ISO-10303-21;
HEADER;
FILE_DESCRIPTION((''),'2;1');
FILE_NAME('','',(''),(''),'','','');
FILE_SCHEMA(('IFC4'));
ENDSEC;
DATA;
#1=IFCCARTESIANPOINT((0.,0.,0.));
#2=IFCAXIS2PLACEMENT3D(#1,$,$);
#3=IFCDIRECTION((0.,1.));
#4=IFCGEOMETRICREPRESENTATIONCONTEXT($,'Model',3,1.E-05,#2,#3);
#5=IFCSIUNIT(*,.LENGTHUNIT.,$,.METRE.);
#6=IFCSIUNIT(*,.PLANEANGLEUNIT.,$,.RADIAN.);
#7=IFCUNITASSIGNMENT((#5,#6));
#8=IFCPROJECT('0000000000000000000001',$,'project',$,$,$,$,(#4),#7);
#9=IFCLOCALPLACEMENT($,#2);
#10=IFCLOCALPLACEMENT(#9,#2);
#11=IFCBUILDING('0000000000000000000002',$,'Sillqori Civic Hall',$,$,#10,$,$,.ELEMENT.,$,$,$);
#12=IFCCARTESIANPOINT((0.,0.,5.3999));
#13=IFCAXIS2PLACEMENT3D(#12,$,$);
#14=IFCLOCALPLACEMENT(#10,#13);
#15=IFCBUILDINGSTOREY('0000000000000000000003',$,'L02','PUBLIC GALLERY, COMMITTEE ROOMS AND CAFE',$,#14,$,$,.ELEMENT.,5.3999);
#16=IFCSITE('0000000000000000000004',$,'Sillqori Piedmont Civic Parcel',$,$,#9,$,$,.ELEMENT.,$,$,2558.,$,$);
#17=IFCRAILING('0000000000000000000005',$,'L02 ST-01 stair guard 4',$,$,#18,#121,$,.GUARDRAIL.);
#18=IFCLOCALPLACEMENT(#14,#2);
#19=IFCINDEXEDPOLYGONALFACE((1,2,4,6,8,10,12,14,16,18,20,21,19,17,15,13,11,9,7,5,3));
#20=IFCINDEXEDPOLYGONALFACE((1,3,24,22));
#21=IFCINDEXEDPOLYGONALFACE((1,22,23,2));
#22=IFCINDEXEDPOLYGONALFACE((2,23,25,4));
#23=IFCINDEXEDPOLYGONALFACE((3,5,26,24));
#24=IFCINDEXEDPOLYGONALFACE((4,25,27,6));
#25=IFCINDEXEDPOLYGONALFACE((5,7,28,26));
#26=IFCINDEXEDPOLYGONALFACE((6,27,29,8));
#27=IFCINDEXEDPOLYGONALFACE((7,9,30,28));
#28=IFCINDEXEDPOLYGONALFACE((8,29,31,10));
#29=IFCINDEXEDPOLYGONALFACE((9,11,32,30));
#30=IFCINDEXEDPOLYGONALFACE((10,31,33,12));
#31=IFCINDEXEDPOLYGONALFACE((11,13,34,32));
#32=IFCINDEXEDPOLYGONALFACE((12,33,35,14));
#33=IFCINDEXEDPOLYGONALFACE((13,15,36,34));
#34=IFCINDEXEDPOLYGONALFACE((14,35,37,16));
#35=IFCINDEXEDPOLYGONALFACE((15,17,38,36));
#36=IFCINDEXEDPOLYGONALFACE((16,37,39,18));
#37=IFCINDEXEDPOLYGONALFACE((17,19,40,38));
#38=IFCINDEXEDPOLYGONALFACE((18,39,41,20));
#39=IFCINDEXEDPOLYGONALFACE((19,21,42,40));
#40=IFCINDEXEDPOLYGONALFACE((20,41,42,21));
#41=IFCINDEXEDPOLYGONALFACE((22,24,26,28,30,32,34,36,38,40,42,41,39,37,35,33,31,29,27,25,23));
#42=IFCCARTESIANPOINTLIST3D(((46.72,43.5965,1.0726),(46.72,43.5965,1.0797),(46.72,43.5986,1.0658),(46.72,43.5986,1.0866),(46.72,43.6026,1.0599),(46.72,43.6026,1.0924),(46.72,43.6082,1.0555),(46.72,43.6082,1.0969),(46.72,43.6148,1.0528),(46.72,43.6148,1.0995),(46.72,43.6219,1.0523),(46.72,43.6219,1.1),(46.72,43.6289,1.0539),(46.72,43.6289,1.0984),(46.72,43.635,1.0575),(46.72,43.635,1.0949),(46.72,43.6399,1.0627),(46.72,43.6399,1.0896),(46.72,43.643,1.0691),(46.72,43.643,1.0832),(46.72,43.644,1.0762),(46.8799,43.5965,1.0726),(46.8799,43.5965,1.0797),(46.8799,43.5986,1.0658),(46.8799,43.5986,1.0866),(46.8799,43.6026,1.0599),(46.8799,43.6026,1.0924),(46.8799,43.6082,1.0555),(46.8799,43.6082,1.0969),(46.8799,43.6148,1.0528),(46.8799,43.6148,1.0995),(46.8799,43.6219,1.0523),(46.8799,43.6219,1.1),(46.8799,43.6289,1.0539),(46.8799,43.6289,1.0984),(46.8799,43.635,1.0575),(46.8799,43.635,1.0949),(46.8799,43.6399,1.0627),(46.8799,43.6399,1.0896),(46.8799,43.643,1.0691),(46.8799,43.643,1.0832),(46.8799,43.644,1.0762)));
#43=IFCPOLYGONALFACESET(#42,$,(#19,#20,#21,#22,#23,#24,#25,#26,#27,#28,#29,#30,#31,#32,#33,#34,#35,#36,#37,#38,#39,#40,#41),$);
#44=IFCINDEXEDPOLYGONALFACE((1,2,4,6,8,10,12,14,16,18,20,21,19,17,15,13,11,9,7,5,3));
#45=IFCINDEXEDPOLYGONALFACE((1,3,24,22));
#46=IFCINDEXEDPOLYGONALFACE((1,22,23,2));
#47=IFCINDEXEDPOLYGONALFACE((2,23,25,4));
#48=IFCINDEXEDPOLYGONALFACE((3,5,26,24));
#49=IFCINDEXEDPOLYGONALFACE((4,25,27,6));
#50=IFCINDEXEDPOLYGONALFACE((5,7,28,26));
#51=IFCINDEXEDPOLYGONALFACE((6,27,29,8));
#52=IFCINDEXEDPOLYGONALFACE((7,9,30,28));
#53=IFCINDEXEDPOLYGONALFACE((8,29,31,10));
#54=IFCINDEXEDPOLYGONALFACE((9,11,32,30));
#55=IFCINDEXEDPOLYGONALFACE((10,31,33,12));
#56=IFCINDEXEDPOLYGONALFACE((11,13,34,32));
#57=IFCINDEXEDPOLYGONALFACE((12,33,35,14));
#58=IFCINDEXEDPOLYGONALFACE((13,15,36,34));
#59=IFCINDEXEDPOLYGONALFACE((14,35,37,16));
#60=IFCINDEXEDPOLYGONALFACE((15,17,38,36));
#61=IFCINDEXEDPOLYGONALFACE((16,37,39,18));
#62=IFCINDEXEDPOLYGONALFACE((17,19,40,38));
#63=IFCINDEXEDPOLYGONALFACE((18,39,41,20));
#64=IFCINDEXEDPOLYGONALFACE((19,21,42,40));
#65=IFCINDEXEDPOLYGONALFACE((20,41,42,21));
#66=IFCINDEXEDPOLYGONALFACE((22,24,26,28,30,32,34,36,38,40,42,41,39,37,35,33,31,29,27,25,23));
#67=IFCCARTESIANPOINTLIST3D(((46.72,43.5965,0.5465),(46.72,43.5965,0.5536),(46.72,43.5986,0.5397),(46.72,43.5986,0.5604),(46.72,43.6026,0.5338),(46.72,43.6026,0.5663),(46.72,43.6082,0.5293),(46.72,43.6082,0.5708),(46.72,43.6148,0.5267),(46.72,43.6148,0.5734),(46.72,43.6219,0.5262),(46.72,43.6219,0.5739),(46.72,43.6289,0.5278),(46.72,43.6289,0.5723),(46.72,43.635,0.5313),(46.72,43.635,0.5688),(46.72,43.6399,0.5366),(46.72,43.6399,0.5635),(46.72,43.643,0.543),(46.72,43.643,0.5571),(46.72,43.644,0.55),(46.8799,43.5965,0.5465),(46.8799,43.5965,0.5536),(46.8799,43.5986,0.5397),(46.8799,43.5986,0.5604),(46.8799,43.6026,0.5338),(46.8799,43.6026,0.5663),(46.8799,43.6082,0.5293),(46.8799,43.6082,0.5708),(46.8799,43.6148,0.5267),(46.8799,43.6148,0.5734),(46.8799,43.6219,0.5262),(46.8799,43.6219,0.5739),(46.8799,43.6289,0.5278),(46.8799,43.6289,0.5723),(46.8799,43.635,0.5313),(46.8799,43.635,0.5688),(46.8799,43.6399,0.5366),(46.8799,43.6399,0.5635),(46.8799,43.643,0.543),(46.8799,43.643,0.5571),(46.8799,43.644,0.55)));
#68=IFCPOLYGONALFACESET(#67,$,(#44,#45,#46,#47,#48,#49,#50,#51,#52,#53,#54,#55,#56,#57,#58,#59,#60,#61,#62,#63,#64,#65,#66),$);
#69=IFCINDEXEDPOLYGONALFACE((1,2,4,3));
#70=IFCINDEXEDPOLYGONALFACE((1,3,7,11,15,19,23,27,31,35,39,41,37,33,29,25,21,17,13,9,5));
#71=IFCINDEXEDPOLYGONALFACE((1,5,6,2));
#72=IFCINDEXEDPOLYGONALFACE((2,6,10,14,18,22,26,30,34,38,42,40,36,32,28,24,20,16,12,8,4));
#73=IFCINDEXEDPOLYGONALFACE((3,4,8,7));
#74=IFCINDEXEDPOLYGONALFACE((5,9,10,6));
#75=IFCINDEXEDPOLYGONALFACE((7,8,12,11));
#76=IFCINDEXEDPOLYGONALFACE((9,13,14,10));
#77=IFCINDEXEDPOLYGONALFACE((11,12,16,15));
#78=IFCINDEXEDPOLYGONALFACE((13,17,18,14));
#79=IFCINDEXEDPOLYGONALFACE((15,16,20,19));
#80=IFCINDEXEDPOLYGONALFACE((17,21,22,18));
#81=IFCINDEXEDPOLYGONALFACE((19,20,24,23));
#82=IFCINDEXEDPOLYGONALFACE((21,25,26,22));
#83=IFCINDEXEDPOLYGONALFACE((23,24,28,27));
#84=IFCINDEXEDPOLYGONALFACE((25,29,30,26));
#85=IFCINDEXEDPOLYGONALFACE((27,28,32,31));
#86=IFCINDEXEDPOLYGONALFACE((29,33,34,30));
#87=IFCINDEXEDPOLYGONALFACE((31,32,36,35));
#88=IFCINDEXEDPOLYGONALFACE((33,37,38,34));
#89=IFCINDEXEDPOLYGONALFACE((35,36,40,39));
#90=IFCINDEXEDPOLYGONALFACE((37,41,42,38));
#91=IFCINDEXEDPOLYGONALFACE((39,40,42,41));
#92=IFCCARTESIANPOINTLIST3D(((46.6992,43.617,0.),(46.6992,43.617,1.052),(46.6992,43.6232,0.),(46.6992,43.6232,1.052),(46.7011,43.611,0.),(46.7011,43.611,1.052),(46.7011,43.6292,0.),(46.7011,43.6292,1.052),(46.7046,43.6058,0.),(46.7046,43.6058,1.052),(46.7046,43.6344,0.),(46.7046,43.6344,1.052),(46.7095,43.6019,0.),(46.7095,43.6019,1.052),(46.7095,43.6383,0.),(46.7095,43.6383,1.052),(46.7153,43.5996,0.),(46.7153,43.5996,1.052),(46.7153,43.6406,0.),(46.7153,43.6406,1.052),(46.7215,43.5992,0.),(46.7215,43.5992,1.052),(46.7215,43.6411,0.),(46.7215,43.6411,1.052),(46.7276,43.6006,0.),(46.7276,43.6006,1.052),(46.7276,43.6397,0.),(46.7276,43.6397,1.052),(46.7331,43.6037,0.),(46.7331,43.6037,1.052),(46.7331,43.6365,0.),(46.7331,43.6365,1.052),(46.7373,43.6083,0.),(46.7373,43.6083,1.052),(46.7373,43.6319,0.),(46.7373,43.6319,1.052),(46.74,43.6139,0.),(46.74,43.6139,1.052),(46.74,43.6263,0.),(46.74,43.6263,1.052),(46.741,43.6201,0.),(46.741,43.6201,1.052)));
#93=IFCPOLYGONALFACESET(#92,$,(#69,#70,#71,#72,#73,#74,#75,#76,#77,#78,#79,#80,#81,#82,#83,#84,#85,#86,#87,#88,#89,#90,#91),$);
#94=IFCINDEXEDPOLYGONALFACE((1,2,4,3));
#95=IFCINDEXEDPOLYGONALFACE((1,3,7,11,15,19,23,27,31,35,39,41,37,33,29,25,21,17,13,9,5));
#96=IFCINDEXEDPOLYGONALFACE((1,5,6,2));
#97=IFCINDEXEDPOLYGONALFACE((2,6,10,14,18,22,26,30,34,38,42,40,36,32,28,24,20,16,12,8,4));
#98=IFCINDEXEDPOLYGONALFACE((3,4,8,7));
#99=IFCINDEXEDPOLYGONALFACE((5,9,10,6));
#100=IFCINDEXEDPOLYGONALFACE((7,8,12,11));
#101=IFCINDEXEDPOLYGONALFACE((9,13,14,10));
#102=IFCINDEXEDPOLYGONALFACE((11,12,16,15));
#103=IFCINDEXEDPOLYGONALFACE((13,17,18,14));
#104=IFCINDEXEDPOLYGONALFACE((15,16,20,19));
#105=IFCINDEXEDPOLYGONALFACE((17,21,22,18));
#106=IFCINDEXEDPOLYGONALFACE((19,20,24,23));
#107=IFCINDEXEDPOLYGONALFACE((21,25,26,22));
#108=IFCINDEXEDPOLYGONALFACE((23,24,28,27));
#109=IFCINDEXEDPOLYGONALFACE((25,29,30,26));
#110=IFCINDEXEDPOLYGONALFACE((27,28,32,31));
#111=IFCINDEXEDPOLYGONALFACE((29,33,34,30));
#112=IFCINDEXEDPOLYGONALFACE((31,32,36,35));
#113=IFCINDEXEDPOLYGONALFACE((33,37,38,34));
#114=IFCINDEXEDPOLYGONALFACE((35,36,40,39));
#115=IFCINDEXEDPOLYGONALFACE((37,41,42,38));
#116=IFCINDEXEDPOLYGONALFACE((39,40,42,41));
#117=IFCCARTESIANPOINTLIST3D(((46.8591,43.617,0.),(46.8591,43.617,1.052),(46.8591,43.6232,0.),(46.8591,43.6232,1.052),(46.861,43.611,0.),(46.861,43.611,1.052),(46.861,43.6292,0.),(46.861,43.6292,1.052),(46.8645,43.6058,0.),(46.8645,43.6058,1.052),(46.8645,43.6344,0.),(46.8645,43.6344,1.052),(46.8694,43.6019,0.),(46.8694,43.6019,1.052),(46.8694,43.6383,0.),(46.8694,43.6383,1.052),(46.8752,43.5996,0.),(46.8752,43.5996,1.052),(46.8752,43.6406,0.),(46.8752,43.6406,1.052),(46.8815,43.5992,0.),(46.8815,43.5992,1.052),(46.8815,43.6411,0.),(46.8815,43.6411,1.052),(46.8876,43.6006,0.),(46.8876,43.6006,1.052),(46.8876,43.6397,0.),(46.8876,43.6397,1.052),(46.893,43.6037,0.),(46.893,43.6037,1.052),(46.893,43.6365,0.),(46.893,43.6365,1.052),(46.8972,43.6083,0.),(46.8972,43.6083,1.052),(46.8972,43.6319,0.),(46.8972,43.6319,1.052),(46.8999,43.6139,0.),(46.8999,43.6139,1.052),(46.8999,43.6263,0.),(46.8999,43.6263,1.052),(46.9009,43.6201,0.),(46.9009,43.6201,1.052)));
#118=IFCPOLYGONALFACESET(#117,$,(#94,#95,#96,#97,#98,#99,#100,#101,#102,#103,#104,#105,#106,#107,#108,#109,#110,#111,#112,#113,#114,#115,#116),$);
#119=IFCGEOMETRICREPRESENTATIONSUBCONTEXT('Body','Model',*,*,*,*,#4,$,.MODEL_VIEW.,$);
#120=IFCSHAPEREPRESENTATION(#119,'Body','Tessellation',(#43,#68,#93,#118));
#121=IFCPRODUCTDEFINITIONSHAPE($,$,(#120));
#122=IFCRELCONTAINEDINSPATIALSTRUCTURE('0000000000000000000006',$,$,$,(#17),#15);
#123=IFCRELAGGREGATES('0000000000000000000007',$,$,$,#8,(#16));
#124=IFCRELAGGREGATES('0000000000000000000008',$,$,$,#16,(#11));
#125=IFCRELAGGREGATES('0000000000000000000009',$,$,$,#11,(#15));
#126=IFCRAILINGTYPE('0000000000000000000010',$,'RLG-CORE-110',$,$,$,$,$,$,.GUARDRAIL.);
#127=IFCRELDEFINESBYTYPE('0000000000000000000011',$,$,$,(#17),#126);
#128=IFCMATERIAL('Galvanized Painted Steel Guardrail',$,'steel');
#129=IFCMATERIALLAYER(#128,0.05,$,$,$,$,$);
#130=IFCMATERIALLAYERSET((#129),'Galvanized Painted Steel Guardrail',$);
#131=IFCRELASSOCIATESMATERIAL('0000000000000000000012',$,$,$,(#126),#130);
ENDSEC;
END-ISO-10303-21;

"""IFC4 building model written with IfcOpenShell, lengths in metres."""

from ifc_helpers import new_model, si_unit, direction, frame, origin, origin_2d, place, context, subcontext, project, spatial, circle, extrude, material, layer, layer_set, type_object, element, save


model = new_model("IFC4")

# Units and contexts
model_context = context("Model", 3, precision=1e-05, world=origin(), true_north=direction((0.0, 1.0)))
body_context = subcontext(model_context, "Body", "Model", "MODEL_VIEW")
ifc_project = project(units=[si_unit("LENGTHUNIT", "METRE"), si_unit("PLANEANGLEUNIT", "RADIAN")], contexts=[model_context])

# Site, building, storey
site_placement = place(None, origin())
site = spatial("IfcSite", under=ifc_project, at=site_placement, Name="Sillqori Piedmont Civic Parcel", CompositionType="ELEMENT", RefElevation=2558.0)
building_placement = place(site_placement, origin())
building = spatial("IfcBuilding", under=site, at=building_placement, Name="Sillqori Civic Hall", CompositionType="ELEMENT")
storey_placement = place(building_placement, frame((0.0, 0.0, 5.3999)))
storey = spatial("IfcBuildingStorey", under=building, at=storey_placement, Name="L02", Description="PUBLIC GALLERY, COMMITTEE ROOMS AND CAFE", CompositionType="ELEMENT", Elevation=5.3999)

# Railing
ifc_material_1 = material(Name="Galvanized Painted Steel Guardrail", Category="steel")
ifc_layer_1 = layer(ifc_material_1, 0.05)
ifc_layer_set_1 = layer_set([ifc_layer_1], Name="Galvanized Painted Steel Guardrail")
railing_type_1 = type_object("IfcRailingType", Name="RLG-CORE-110", PredefinedType="GUARDRAIL", material=ifc_layer_set_1)
railing_1_placement = place(storey_placement, frame((46.72, 43.6201, 0.0)))
element("IfcRailing", 1, at=railing_1_placement, inside=storey, type_object=railing_type_1, Name="L02 ST-01 stair guard 4", PredefinedType="GUARDRAIL", context=body_context, shape_type="SweptSolid", body=[
    extrude(circle(Radius=0.0239, at=origin_2d()), frame((0.0, 0.0, 1.0762), z_axis=(1.0, 0.0, 0.0), x_axis=(0.0, 1.0, 0.0)), (0.0, 0.0, 1.0), 0.1599),
    extrude(circle(Radius=0.0239, at=origin_2d()), frame((0.0, 0.0, 0.55), z_axis=(1.0, 0.0, 0.0), x_axis=(0.0, 1.0, 0.0)), (0.0, 0.0, 1.0), 0.1599),
    extrude(circle(Radius=0.021, at=origin_2d()), origin(), (0.0, 0.0, 1.0), 1.052),
    extrude(circle(Radius=0.021, at=origin_2d()), frame((0.1599, 0.0, 0.0)), (0.0, 0.0, 1.0), 1.052),
])

save(model, "model.ifc")
